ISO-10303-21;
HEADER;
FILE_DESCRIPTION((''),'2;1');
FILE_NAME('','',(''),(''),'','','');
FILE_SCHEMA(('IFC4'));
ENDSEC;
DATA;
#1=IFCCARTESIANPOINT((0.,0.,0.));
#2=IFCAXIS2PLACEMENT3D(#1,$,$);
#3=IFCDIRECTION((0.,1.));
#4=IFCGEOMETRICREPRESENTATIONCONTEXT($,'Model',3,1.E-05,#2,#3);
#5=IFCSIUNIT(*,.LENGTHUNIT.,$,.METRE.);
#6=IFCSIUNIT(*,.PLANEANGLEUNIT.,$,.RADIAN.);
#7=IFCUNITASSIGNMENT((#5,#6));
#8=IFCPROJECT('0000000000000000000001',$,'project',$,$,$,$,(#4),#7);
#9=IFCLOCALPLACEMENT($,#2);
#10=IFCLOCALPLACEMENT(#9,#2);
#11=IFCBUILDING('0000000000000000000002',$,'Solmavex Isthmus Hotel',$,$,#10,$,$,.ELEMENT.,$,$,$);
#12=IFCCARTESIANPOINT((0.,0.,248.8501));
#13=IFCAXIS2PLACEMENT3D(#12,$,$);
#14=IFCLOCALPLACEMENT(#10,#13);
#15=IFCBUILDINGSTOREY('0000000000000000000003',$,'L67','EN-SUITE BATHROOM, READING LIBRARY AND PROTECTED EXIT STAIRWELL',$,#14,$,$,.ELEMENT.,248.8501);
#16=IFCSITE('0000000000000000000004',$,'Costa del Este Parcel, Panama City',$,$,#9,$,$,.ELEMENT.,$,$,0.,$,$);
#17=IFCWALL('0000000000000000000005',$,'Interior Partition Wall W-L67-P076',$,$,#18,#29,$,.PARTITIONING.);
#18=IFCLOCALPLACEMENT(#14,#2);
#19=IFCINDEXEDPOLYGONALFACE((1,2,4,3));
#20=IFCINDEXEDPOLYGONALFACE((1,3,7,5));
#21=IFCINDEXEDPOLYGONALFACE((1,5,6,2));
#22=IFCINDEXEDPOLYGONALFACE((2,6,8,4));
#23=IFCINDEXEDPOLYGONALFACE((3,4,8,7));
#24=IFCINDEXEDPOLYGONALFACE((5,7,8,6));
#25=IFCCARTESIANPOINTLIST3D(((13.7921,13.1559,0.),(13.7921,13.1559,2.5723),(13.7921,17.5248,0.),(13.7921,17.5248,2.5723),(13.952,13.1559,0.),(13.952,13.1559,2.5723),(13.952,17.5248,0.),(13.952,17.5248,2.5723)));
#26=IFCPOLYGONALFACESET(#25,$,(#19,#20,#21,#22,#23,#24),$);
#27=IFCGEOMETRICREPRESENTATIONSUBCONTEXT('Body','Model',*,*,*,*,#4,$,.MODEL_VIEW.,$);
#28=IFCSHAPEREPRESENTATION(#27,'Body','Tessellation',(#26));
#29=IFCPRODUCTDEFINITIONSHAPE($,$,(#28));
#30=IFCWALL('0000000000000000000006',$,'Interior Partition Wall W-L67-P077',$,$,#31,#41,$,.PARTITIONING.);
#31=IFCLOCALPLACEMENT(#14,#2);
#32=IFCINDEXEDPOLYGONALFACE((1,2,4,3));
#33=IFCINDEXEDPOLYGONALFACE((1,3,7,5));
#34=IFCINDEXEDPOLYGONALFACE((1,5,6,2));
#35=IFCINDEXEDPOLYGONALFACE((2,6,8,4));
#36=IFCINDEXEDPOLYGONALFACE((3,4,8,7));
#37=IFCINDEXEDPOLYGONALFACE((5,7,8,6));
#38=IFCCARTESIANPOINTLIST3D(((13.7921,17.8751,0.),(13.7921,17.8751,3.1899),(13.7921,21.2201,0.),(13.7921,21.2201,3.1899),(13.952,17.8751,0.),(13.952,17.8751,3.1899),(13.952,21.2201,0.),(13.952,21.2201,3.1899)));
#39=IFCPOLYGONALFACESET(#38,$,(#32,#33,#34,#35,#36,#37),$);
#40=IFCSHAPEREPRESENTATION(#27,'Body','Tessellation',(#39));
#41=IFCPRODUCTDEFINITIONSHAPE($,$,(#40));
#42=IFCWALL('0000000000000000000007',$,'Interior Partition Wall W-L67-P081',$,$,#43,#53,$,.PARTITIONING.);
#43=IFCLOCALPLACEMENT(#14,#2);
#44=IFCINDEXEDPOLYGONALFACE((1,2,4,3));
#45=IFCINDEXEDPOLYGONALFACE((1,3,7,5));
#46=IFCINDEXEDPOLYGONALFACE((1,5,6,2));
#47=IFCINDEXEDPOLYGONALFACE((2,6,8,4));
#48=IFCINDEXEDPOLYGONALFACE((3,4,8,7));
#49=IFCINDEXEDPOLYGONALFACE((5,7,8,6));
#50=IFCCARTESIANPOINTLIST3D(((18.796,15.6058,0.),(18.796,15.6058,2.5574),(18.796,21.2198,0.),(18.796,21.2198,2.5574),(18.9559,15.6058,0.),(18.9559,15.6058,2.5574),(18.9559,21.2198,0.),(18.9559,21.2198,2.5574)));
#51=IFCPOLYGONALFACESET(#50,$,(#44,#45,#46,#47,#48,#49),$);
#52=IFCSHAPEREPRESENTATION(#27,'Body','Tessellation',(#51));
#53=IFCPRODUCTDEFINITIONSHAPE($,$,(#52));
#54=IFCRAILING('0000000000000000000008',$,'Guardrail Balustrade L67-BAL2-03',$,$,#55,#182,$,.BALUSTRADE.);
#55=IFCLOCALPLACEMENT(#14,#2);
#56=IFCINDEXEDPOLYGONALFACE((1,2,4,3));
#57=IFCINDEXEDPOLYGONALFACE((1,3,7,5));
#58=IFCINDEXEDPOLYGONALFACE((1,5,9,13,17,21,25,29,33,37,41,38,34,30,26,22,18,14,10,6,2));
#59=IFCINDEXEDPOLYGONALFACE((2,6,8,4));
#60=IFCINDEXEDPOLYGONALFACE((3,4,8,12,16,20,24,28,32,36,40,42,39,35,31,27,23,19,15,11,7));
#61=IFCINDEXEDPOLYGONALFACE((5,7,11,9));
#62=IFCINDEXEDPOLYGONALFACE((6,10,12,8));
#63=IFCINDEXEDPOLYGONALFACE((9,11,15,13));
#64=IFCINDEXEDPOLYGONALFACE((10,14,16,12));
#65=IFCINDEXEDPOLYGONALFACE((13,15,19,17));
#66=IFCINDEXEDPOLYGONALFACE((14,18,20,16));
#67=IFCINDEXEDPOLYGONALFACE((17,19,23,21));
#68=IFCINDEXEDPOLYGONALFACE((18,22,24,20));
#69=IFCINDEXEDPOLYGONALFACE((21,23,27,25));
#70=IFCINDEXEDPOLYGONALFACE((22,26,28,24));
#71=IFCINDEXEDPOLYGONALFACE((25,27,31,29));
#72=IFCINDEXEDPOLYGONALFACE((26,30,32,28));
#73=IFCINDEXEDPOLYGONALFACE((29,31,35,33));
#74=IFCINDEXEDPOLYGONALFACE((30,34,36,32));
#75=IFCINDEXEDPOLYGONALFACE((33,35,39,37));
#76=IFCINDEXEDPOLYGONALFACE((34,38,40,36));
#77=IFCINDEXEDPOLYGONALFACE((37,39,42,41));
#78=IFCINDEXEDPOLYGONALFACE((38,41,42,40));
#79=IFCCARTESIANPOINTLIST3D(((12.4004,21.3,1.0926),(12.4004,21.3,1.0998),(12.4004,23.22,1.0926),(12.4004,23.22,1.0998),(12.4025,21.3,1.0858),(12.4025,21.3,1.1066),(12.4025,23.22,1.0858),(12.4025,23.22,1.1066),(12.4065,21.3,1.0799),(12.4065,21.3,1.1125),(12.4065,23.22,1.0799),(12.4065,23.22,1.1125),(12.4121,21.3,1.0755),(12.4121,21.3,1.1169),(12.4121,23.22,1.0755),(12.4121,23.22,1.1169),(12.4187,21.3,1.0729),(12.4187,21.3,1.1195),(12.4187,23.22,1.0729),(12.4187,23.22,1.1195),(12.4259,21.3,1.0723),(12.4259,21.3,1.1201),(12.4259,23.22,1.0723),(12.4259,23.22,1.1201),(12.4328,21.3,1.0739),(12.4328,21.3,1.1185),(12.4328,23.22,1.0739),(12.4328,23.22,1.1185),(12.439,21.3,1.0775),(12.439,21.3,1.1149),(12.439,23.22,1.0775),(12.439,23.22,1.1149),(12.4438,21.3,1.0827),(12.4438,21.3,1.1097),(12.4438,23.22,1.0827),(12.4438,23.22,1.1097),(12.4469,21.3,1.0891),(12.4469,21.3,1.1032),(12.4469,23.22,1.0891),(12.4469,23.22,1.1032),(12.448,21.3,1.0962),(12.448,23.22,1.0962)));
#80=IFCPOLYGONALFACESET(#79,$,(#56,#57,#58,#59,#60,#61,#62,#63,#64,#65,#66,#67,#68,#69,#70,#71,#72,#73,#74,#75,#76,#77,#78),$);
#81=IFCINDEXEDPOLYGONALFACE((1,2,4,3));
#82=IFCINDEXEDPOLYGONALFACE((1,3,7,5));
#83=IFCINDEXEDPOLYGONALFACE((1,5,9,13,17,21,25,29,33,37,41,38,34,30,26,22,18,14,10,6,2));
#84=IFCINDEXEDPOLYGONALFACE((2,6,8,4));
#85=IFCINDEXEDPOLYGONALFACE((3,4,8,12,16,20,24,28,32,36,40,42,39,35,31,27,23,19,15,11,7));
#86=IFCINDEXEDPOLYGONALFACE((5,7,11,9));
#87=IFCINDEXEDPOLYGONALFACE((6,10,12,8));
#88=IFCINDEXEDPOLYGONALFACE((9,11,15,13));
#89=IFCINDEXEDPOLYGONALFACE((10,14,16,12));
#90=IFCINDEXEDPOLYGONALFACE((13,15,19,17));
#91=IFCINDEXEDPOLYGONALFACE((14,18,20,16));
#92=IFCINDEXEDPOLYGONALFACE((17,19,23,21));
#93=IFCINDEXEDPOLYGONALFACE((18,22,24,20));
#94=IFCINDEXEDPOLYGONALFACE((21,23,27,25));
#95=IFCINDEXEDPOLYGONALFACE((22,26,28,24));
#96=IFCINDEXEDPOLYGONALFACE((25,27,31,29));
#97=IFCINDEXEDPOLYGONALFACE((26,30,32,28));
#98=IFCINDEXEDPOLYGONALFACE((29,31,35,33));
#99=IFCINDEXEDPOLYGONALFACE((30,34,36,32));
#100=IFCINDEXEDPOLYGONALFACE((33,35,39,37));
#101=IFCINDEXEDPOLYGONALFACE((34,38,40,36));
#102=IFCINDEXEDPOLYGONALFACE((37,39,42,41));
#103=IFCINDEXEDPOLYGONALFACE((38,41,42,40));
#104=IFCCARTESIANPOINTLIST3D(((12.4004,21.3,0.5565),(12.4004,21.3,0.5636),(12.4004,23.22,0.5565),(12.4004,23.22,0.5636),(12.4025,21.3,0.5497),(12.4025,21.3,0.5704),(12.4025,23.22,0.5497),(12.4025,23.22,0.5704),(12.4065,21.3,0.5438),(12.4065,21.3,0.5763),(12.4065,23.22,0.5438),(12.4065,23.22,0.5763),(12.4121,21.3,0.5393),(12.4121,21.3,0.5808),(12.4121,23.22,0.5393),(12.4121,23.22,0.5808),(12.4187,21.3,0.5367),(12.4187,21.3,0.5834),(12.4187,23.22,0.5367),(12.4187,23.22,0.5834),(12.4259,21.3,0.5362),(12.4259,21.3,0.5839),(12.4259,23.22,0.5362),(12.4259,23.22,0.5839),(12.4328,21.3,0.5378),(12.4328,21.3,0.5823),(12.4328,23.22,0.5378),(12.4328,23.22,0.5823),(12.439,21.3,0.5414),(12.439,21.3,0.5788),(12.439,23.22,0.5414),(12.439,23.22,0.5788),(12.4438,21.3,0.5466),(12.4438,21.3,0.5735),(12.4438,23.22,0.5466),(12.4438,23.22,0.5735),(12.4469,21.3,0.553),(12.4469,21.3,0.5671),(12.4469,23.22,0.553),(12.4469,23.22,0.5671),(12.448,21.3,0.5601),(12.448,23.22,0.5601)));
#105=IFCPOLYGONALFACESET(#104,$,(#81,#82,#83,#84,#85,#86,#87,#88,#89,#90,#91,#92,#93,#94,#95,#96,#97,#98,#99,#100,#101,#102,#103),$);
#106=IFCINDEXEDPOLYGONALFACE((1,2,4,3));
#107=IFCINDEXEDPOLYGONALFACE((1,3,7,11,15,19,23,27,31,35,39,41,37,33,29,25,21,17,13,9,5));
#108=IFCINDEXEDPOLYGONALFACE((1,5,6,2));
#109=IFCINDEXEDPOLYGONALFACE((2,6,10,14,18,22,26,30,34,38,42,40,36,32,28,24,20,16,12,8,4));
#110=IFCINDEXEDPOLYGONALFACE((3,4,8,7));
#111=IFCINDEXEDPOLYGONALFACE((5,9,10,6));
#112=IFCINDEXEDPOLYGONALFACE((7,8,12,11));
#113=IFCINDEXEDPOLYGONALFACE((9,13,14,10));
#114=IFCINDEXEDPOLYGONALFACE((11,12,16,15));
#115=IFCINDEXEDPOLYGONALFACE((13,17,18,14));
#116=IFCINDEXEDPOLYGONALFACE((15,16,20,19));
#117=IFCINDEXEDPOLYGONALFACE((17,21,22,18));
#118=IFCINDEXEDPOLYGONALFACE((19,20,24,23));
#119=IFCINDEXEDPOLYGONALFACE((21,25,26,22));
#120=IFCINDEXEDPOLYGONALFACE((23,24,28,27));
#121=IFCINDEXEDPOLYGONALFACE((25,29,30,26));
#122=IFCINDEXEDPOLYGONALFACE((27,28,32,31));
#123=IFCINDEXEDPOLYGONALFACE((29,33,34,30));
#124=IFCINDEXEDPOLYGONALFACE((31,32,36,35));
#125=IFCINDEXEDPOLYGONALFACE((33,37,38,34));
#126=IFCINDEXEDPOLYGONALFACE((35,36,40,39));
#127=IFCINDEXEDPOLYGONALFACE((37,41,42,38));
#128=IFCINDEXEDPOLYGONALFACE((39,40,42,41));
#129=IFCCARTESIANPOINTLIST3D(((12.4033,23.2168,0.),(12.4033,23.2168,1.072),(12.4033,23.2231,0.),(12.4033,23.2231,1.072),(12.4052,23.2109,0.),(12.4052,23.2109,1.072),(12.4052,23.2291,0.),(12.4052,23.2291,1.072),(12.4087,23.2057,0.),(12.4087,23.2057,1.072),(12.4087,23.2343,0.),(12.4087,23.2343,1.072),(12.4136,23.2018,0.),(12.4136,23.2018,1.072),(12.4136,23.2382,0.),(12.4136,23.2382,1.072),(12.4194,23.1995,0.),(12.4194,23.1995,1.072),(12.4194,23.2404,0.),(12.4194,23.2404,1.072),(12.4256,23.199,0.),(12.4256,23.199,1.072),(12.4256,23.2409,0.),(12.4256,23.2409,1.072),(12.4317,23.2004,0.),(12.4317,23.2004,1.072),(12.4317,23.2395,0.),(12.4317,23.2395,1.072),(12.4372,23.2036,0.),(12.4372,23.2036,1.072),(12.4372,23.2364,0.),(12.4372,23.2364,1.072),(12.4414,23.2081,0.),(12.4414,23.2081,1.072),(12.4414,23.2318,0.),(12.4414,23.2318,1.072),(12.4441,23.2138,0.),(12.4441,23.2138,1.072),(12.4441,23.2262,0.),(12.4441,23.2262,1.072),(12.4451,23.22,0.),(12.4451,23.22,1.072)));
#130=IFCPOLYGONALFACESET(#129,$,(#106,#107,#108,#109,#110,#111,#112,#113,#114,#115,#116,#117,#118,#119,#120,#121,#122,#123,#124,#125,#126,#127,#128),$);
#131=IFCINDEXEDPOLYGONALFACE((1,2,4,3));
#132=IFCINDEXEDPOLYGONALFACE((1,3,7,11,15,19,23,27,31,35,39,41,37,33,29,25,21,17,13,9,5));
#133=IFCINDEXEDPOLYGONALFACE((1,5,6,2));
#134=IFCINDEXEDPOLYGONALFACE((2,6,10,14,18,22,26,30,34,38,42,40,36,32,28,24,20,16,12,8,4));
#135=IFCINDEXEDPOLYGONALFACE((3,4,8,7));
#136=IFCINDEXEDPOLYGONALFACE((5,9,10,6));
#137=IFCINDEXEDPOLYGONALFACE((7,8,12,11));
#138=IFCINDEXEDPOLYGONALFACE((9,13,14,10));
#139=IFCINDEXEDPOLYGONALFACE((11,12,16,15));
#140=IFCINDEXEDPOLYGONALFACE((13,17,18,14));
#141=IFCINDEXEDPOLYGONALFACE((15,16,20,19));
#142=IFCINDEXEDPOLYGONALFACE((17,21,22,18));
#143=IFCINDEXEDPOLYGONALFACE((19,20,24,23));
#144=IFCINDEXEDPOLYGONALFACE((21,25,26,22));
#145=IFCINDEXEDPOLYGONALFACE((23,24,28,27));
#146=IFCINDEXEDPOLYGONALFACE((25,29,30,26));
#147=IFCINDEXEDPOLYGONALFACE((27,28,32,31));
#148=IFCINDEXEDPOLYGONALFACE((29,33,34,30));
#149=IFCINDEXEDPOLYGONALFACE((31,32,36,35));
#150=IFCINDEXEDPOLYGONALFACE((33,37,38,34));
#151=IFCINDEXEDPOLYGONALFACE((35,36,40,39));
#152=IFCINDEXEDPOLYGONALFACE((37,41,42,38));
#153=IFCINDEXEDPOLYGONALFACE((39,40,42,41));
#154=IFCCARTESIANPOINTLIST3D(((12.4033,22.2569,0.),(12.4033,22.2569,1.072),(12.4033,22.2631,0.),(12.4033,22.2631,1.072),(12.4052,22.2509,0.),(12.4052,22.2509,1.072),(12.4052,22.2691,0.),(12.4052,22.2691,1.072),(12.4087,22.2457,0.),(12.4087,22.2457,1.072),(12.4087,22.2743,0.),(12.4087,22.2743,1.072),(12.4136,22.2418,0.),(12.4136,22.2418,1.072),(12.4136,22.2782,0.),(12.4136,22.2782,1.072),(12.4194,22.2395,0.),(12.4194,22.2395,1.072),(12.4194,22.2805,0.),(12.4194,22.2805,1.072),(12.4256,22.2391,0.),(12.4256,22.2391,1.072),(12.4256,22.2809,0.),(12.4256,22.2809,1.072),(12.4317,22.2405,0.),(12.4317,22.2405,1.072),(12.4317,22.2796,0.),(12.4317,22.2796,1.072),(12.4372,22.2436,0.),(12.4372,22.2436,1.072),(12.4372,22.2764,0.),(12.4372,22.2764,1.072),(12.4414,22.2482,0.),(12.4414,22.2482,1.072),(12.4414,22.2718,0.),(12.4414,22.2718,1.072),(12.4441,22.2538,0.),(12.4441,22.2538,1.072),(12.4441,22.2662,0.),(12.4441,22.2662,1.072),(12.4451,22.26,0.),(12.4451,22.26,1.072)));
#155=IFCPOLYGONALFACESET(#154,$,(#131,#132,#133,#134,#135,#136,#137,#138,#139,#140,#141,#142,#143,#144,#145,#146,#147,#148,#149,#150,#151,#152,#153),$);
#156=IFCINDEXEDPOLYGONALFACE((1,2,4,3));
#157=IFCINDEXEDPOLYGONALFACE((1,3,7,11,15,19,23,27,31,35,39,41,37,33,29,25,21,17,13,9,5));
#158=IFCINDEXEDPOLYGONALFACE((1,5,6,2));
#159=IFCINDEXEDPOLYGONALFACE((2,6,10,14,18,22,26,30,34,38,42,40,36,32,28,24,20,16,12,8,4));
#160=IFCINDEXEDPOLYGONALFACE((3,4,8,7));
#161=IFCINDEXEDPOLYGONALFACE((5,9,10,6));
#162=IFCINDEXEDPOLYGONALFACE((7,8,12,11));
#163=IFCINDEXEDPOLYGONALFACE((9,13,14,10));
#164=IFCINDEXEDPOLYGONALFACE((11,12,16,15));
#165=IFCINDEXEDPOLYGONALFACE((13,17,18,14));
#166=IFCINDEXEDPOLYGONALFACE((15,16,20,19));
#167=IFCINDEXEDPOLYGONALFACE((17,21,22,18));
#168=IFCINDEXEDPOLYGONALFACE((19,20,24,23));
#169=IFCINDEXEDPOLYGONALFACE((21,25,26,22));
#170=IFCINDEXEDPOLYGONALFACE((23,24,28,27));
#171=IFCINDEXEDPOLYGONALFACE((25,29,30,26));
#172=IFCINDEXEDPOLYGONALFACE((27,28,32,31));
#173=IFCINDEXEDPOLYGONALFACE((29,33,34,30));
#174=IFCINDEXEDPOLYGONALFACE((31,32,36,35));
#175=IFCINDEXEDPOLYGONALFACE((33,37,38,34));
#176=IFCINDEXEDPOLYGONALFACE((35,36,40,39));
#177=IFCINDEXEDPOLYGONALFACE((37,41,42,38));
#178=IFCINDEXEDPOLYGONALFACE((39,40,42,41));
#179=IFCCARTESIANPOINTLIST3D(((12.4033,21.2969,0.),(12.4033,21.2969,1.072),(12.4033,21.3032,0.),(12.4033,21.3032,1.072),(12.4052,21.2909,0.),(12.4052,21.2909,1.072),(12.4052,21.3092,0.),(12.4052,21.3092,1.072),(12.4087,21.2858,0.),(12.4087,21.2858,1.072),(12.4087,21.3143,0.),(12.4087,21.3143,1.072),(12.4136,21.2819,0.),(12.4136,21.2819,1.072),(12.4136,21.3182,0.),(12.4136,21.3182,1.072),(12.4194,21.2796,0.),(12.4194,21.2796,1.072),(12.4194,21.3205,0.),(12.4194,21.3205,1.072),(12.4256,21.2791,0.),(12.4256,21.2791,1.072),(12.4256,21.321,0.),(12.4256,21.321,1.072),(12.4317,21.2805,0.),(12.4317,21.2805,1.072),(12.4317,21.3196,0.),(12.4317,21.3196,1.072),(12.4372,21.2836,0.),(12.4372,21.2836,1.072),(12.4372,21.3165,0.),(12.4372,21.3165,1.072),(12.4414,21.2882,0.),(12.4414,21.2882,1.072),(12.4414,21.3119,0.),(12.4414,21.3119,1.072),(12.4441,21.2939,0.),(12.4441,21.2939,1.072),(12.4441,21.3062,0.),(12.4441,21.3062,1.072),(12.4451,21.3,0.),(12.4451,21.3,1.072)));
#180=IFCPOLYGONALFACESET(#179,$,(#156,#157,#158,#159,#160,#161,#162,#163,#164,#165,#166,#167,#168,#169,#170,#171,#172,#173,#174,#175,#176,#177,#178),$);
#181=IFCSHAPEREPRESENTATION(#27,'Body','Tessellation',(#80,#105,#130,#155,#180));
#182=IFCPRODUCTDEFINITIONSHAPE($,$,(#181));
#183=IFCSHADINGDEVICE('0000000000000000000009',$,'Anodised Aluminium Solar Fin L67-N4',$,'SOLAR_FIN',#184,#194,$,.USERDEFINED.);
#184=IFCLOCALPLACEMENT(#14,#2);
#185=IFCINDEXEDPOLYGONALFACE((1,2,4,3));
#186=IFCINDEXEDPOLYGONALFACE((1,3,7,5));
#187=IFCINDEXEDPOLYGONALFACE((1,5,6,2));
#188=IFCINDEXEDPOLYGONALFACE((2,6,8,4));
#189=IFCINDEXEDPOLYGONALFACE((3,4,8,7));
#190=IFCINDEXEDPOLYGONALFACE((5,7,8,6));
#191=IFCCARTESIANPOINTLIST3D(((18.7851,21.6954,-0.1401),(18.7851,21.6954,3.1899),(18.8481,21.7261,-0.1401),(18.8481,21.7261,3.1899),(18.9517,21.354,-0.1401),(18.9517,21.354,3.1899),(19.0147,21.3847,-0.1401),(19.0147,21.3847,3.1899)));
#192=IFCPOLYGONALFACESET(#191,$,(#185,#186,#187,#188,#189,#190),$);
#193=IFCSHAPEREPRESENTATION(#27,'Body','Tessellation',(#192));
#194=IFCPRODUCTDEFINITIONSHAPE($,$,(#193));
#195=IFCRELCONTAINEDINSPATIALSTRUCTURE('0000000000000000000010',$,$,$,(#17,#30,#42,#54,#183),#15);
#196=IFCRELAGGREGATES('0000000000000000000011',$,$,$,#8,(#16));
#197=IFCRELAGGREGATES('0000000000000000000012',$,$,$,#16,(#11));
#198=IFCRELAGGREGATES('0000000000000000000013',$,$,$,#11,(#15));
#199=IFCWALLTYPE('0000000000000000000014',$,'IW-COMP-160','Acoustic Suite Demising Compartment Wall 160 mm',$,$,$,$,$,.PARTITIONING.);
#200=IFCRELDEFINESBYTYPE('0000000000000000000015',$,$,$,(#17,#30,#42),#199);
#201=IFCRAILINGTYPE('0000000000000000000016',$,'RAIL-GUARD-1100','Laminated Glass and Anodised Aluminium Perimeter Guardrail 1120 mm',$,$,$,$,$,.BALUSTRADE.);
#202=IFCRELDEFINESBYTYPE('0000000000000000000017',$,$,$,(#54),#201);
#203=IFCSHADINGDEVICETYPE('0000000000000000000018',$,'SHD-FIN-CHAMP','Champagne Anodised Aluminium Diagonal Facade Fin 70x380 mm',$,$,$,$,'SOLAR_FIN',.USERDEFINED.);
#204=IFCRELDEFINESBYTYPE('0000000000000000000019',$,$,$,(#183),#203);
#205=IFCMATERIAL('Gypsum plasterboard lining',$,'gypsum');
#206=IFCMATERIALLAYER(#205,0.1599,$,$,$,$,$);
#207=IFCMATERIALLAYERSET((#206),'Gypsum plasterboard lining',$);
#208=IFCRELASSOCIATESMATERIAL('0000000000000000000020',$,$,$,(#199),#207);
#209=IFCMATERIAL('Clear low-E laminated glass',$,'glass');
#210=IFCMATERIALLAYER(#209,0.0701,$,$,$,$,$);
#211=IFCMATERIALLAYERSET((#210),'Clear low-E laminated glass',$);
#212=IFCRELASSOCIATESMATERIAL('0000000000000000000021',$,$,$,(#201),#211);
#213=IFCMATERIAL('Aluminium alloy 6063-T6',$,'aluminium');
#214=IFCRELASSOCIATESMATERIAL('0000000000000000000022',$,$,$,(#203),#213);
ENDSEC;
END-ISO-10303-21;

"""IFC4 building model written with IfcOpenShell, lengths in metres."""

from ifc_helpers import new_model, si_unit, direction, frame, frame_2d, origin, origin_2d, place, context, subcontext, project, spatial, rectangle, circle, extrude, material, layer, layer_set, type_object, element, save


model = new_model("IFC4")

# Units and contexts
model_context = context("Model", 3, precision=1e-05, world=origin(), true_north=direction((0.0, 1.0)))
body_context = subcontext(model_context, "Body", "Model", "MODEL_VIEW")
ifc_project = project(units=[si_unit("LENGTHUNIT", "METRE"), si_unit("PLANEANGLEUNIT", "RADIAN")], contexts=[model_context])

# Site, building, storey
site_placement = place(None, origin())
site = spatial("IfcSite", under=ifc_project, at=site_placement, Name="Costa del Este Parcel, Panama City", CompositionType="ELEMENT", RefElevation=0.0)
building_placement = place(site_placement, origin())
building = spatial("IfcBuilding", under=site, at=building_placement, Name="Solmavex Isthmus Hotel", CompositionType="ELEMENT")
storey_placement = place(building_placement, frame((0.0, 0.0, 248.8501)))
storey = spatial("IfcBuildingStorey", under=building, at=storey_placement, Name="L67", Description="EN-SUITE BATHROOM, READING LIBRARY AND PROTECTED EXIT STAIRWELL", CompositionType="ELEMENT", Elevation=248.8501)

# Shared definitions
ifc_material_1 = material(Name="Aluminium alloy 6063-T6", Category="aluminium")

# Shared definitions
ifc_material_2 = material(Name="Clear low-E laminated glass", Category="glass")

# Walls
ifc_material_3 = material(Name="Gypsum plasterboard lining", Category="gypsum")
ifc_layer_1 = layer(ifc_material_3, 0.1599)
ifc_layer_set_1 = layer_set([ifc_layer_1], Name="Gypsum plasterboard lining")
wall_type_1 = type_object("IfcWallType", Name="IW-COMP-160", Description="Acoustic Suite Demising Compartment Wall 160 mm", PredefinedType="PARTITIONING", material=ifc_layer_set_1)
wall_1_placement = place(storey_placement, frame((13.8721, 17.5249, 0.0), z_axis=(0.0, 0.0, 1.0), x_axis=(0.0, -1.0, 0.0)))
element("IfcWall", 1, at=wall_1_placement, inside=storey, type_object=wall_type_1, Name="Interior Partition Wall W-L67-P076", PredefinedType="PARTITIONING", context=body_context, shape_type="SweptSolid", body=[
    extrude(rectangle(XDim=4.3689, YDim=0.1599, at=frame_2d((2.1846, 0.0))), origin(), (0.0, 0.0, 1.0), 2.5723),
])
wall_2_placement = place(storey_placement, frame((13.8721, 21.22, 0.0), z_axis=(0.0, 0.0, 1.0), x_axis=(0.0, -1.0, 0.0)))
element("IfcWall", 2, at=wall_2_placement, inside=storey, type_object=wall_type_1, Name="Interior Partition Wall W-L67-P077", PredefinedType="PARTITIONING", context=body_context, shape_type="SweptSolid", body=[
    extrude(rectangle(XDim=3.345, YDim=0.1599, at=frame_2d((1.6724, 0.0))), origin(), (0.0, 0.0, 1.0), 3.1899),
])
wall_3_placement = place(storey_placement, frame((18.876, 21.22, 0.0), z_axis=(0.0, 0.0, 1.0), x_axis=(0.0, -1.0, 0.0)))
element("IfcWall", 3, at=wall_3_placement, inside=storey, type_object=wall_type_1, Name="Interior Partition Wall W-L67-P081", PredefinedType="PARTITIONING", context=body_context, shape_type="SweptSolid", body=[
    extrude(rectangle(XDim=5.614, YDim=0.1599, at=frame_2d((2.8071, 0.0))), origin(), (0.0, 0.0, 1.0), 2.5574),
])

# Railing
ifc_layer_2 = layer(ifc_material_2, 0.0701)
ifc_layer_set_2 = layer_set([ifc_layer_2], Name="Clear low-E laminated glass")
railing_type = type_object("IfcRailingType", Name="RAIL-GUARD-1100", Description="Laminated Glass and Anodised Aluminium Perimeter Guardrail 1120 mm", PredefinedType="BALUSTRADE", material=ifc_layer_set_2)
railing_placement = place(storey_placement, frame((12.4241, 23.22, 0.0)))
element("IfcRailing", 4, at=railing_placement, inside=storey, type_object=railing_type, Name="Guardrail Balustrade L67-BAL2-03", PredefinedType="BALUSTRADE", context=body_context, shape_type="SweptSolid", body=[
    extrude(circle(Radius=0.0239, at=origin_2d()), frame((0.0, 0.0, 1.0962), z_axis=(0.0, -1.0, 0.0), x_axis=(1.0, 0.0, 0.0)), (0.0, 0.0, 1.0), 1.9199),
    extrude(circle(Radius=0.0239, at=origin_2d()), frame((0.0, 0.0, 0.5601), z_axis=(0.0, -1.0, 0.0), x_axis=(1.0, 0.0, 0.0)), (0.0, 0.0, 1.0), 1.9199),
    extrude(circle(Radius=0.021, at=origin_2d()), origin(), (0.0, 0.0, 1.0), 1.072),
    extrude(circle(Radius=0.021, at=origin_2d()), frame((0.0, -0.96, 0.0)), (0.0, 0.0, 1.0), 1.072),
    extrude(circle(Radius=0.021, at=origin_2d()), frame((0.0, -1.9199, 0.0)), (0.0, 0.0, 1.0), 1.072),
])

# Shading device
shading_device_type = type_object("IfcShadingDeviceType", Name="SHD-FIN-CHAMP", Description="Champagne Anodised Aluminium Diagonal Facade Fin 70x380 mm", ElementType="SOLAR_FIN", PredefinedType="USERDEFINED", material=ifc_material_1)
shading_device_placement = place(storey_placement, frame((18.8999, 21.54, -0.1401), z_axis=(0.0, 0.0, 1.0), x_axis=(-0.438371, 0.898794, 0.0)))
element("IfcShadingDevice", 5, at=shading_device_placement, inside=storey, type_object=shading_device_type, Name="Anodised Aluminium Solar Fin L67-N4", ObjectType="SOLAR_FIN", PredefinedType="USERDEFINED", context=body_context, shape_type="SweptSolid", body=[
    extrude(rectangle(XDim=0.3799, YDim=0.0701, at=origin_2d()), origin(), (0.0, 0.0, 1.0), 3.3301),
])

save(model, "model.ifc")
